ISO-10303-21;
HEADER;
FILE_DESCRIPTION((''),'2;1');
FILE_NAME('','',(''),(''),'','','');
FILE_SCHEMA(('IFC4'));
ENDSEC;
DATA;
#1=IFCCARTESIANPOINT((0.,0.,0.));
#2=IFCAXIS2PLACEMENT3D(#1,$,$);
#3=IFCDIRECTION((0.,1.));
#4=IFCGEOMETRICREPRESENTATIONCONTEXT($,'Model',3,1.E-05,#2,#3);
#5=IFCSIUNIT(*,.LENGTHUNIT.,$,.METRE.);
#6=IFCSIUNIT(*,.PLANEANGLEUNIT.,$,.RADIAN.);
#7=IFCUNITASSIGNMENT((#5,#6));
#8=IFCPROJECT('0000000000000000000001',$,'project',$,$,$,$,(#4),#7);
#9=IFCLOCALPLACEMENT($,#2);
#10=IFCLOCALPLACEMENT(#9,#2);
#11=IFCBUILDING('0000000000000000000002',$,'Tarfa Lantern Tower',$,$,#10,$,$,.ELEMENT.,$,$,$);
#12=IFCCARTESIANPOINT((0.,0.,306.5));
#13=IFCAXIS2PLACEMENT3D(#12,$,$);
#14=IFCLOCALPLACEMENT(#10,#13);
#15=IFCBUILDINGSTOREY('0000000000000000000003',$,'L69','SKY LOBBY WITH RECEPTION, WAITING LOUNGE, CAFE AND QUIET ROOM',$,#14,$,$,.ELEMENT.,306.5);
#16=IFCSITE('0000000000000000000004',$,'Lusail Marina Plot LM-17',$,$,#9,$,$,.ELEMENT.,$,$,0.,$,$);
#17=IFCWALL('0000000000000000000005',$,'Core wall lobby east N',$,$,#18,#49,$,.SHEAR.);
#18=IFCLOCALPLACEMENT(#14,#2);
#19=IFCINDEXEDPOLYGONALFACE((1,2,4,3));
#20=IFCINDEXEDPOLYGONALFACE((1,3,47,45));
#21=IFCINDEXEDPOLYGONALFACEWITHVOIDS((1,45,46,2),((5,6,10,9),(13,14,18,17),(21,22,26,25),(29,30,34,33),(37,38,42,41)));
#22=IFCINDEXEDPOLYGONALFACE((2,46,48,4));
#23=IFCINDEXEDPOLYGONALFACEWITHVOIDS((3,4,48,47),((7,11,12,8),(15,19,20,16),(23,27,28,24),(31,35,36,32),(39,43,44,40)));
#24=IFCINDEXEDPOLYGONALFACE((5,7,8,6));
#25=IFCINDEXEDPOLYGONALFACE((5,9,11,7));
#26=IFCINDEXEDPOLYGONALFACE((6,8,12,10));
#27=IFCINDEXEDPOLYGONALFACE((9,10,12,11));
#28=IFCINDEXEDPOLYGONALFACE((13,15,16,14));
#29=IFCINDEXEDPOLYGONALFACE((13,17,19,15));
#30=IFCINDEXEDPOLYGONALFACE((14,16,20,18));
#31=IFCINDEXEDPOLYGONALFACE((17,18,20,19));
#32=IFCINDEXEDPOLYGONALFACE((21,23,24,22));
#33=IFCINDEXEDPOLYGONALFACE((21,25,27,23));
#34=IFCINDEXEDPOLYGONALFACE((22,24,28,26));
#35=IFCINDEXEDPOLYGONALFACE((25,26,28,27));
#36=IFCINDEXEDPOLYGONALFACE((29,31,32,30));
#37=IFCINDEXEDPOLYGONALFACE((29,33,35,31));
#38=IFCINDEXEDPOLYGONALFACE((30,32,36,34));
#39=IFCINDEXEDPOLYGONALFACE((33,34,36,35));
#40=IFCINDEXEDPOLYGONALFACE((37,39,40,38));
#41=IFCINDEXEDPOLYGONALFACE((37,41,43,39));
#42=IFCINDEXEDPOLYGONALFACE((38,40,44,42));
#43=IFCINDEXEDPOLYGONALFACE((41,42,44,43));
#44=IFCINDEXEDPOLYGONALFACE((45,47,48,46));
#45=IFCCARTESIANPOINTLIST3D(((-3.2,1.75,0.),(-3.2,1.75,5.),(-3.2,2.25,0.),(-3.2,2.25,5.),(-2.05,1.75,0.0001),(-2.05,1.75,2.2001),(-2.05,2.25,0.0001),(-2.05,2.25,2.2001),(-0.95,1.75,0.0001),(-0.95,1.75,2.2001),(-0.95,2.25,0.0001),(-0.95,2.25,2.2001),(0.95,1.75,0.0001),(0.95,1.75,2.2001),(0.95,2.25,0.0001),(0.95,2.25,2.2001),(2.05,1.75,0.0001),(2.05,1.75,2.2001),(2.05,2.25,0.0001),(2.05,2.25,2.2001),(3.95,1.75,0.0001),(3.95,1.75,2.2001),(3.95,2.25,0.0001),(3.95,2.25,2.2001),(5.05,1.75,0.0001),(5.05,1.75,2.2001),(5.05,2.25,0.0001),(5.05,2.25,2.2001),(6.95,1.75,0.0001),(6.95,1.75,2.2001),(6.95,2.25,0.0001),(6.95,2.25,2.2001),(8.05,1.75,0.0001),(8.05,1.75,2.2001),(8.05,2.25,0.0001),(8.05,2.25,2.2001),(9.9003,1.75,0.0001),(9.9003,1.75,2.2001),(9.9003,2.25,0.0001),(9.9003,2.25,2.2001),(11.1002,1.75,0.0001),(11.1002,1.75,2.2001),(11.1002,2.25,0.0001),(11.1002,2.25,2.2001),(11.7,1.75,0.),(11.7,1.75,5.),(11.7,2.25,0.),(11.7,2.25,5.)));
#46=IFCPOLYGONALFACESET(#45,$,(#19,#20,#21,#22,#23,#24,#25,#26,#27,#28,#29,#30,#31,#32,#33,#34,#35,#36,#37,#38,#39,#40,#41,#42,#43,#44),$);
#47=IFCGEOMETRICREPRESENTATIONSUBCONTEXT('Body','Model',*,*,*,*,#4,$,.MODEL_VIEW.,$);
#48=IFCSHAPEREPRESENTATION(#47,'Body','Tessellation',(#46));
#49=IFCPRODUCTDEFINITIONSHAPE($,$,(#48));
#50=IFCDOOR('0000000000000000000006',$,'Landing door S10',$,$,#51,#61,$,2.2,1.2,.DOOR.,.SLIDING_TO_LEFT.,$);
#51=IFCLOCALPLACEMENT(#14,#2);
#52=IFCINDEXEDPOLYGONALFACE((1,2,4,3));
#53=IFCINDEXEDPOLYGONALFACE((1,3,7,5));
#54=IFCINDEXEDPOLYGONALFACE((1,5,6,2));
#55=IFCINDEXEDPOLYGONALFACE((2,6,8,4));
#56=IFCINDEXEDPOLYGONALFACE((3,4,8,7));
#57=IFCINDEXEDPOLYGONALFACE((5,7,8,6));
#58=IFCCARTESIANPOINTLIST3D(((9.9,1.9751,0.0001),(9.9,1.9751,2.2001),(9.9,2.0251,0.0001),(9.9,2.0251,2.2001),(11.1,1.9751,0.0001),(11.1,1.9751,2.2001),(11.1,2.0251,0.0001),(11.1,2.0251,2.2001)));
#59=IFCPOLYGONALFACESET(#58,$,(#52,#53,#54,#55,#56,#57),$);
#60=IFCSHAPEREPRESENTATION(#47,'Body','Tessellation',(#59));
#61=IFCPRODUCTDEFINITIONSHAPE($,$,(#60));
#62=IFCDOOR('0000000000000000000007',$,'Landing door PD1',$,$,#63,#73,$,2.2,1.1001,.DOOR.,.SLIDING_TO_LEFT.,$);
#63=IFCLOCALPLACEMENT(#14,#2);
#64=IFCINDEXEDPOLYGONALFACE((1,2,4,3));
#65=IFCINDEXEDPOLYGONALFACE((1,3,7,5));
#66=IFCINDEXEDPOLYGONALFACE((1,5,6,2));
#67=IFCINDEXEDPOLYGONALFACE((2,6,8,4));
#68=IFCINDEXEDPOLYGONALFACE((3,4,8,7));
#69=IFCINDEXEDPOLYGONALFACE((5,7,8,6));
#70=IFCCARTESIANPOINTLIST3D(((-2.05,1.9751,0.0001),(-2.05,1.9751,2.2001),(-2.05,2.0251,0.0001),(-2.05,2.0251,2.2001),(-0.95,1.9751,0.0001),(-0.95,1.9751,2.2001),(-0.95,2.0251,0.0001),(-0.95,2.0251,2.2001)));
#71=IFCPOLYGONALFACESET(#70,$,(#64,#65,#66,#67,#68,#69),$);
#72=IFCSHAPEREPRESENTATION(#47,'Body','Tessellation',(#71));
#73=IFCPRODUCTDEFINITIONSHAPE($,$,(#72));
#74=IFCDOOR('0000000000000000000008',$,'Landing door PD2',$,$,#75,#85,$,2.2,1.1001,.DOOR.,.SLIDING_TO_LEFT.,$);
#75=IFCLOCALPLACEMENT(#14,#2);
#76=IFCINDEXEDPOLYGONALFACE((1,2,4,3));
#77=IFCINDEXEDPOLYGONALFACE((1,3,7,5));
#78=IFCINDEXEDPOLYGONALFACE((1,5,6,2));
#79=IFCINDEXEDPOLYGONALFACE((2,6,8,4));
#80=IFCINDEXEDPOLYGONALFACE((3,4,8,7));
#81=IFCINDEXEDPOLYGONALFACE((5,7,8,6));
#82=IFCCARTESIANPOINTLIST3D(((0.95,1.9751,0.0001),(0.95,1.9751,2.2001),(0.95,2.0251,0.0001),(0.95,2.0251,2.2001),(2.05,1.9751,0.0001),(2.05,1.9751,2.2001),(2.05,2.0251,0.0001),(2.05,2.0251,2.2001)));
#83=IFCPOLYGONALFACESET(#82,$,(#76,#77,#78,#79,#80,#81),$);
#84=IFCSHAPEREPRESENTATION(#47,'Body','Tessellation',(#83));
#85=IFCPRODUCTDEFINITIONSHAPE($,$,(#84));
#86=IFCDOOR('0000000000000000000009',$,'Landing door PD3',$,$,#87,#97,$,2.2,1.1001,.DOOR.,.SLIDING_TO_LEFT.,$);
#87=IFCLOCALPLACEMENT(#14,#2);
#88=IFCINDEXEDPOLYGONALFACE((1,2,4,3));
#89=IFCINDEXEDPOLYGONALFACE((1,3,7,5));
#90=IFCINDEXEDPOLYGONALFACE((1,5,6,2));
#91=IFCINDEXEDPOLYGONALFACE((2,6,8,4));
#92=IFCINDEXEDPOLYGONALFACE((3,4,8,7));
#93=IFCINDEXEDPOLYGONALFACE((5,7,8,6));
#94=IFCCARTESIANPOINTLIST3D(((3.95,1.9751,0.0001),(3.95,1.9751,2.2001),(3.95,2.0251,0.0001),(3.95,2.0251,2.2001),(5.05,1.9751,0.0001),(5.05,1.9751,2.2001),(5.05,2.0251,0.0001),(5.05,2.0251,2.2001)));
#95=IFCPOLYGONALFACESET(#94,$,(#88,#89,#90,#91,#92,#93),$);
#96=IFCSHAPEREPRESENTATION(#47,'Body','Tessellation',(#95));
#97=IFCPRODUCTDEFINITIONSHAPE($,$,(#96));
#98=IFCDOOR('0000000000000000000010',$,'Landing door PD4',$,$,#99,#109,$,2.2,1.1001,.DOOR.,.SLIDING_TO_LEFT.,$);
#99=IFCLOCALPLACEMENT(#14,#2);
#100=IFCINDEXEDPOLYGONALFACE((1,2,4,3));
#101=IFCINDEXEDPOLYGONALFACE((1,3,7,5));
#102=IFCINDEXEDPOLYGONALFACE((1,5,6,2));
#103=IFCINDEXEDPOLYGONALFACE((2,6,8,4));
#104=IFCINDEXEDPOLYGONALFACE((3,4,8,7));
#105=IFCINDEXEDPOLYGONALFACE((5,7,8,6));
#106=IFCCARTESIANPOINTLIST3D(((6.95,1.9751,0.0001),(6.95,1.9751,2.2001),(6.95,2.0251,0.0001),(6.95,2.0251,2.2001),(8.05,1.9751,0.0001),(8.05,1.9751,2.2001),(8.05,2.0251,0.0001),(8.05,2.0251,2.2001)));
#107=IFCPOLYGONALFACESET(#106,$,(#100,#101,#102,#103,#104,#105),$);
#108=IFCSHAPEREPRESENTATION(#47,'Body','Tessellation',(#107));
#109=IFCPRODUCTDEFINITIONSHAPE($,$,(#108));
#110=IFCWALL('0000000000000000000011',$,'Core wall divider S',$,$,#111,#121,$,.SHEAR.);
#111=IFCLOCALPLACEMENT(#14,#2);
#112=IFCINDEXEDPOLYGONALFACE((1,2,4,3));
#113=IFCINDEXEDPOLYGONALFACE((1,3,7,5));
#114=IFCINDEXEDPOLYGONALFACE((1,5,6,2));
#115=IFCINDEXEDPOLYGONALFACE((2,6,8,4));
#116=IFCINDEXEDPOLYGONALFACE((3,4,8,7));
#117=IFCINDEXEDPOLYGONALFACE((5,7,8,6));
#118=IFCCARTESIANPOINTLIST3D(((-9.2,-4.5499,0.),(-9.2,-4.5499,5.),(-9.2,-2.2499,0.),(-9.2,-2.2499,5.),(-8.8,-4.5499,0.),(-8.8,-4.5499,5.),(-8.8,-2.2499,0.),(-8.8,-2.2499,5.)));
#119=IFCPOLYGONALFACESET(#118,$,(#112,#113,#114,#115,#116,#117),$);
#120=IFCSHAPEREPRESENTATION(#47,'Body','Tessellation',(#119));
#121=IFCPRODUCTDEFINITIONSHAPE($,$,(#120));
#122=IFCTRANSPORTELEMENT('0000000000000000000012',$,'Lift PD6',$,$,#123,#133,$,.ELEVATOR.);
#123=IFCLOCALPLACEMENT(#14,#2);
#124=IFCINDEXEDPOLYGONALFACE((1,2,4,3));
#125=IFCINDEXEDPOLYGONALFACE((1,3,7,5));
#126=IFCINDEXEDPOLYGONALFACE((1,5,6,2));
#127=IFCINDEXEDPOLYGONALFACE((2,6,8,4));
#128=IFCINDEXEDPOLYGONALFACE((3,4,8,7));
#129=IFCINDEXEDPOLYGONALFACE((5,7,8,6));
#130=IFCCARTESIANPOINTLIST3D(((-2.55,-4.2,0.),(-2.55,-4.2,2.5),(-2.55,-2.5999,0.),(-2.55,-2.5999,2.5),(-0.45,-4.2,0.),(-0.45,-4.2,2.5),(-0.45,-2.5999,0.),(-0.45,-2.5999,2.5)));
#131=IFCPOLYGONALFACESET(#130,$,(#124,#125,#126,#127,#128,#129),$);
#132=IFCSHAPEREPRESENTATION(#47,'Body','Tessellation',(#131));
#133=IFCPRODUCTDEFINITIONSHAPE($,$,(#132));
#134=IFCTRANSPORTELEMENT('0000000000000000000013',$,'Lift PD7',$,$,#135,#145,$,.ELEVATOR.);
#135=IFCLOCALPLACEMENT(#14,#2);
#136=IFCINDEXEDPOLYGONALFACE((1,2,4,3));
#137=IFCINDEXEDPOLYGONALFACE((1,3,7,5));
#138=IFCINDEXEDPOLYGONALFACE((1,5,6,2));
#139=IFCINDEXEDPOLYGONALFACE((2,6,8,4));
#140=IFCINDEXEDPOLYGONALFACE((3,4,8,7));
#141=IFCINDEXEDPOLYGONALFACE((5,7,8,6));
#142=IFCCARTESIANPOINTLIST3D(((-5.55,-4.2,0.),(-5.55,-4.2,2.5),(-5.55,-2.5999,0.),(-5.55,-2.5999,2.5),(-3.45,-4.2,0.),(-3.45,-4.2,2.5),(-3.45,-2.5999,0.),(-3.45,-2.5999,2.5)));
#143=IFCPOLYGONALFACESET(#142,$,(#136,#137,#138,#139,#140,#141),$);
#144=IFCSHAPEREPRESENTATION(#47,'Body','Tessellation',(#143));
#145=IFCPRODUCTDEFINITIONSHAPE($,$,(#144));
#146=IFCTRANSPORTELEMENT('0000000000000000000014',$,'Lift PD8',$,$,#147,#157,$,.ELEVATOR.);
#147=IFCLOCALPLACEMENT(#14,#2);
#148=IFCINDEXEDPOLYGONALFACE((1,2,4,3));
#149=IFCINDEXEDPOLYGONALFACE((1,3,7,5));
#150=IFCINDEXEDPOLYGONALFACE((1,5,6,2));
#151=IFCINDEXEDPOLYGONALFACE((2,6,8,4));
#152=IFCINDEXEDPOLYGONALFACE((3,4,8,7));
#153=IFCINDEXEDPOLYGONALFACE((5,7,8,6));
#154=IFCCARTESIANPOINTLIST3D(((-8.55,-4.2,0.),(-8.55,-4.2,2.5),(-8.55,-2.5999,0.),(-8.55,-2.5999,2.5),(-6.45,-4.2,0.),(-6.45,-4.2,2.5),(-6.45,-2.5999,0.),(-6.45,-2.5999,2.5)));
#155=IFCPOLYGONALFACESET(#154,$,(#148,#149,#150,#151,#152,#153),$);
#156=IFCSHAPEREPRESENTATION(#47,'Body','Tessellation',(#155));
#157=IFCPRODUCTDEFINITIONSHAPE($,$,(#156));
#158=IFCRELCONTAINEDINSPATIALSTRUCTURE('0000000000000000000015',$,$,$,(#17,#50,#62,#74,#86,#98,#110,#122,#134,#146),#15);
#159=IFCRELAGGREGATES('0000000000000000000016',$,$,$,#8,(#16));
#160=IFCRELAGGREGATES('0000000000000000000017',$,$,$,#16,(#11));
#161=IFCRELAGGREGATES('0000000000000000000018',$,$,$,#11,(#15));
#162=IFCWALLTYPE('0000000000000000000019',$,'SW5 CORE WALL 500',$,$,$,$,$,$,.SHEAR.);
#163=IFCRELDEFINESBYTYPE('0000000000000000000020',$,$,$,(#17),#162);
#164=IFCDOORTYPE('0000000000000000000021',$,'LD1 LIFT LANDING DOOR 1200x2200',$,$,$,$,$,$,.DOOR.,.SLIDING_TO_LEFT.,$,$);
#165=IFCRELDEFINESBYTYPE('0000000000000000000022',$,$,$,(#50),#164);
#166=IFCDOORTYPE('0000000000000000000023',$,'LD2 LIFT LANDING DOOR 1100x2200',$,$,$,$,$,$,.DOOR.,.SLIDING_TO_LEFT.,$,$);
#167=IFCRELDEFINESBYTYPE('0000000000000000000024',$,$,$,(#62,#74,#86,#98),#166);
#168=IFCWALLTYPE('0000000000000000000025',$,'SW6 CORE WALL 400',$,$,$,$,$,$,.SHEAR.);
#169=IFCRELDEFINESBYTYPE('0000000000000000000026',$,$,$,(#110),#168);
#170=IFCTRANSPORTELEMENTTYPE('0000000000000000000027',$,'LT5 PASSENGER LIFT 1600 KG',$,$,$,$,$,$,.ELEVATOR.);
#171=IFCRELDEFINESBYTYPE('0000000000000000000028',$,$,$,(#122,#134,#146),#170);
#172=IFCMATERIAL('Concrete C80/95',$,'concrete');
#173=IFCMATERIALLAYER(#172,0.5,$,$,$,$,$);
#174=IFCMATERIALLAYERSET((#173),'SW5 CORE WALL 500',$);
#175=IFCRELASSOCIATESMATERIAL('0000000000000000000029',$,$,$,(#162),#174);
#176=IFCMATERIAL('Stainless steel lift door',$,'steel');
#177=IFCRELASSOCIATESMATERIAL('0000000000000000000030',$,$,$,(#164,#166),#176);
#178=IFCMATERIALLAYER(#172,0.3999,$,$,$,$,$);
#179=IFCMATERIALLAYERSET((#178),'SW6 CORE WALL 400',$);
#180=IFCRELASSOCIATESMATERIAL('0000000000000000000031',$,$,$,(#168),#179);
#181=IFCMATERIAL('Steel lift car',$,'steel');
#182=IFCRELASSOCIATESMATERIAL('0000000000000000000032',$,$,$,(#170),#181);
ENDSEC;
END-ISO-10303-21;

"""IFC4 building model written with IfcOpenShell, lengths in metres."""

from ifc_helpers import new_model, si_unit, direction, frame, frame_2d, origin, origin_2d, place, context, subcontext, project, spatial, rectangle, extrude, material, layer, layer_set, type_object, element, fill, save


model = new_model("IFC4")

# Units and contexts
model_context = context("Model", 3, precision=1e-05, world=origin(), true_north=direction((0.0, 1.0)))
body_context = subcontext(model_context, "Body", "Model", "MODEL_VIEW")
ifc_project = project(units=[si_unit("LENGTHUNIT", "METRE"), si_unit("PLANEANGLEUNIT", "RADIAN")], contexts=[model_context])

# Site, building, storey
site_placement = place(None, origin())
site = spatial("IfcSite", under=ifc_project, at=site_placement, Name="Lusail Marina Plot LM-17", CompositionType="ELEMENT", RefElevation=0.0)
building_placement = place(site_placement, origin())
building = spatial("IfcBuilding", under=site, at=building_placement, Name="Tarfa Lantern Tower", CompositionType="ELEMENT")
storey_placement = place(building_placement, frame((0.0, 0.0, 306.5)))
storey = spatial("IfcBuildingStorey", under=building, at=storey_placement, Name="L69", Description="SKY LOBBY WITH RECEPTION, WAITING LOUNGE, CAFE AND QUIET ROOM", CompositionType="ELEMENT", Elevation=306.5)

# Shared definitions
ifc_material_1 = material(Name="Concrete C80/95", Category="concrete")
ifc_layer_1 = layer(ifc_material_1, 0.5)
ifc_layer_set_1 = layer_set([ifc_layer_1], Name="SW5 CORE WALL 500")
wall_type_1 = type_object("IfcWallType", Name="SW5 CORE WALL 500", PredefinedType="SHEAR", material=ifc_layer_set_1)
ifc_material_2 = material(Name="Stainless steel lift door", Category="steel")
door_type_1 = type_object("IfcDoorType", Name="LD1 LIFT LANDING DOOR 1200x2200", OperationType="SLIDING_TO_LEFT", PredefinedType="DOOR", material=ifc_material_2)

# Wall, openings, doors
wall_1_placement = place(storey_placement, frame((-3.2, 2.0, 0.0), z_axis=(0.0, 0.0, 1.0), x_axis=(1.0, 0.0, 0.0)))
wall_1 = element("IfcWall", 1, at=wall_1_placement, inside=storey, type_object=wall_type_1, Name="Core wall lobby east N", PredefinedType="SHEAR", context=body_context, shape_type="SweptSolid", body=[
    extrude(rectangle(XDim=14.8999, YDim=0.5, at=frame_2d((7.45, 0.0))), origin(), (0.0, 0.0, 1.0), 5.0),
])
opening_1_placement = place(wall_1_placement, frame((1.1499, 0.0, 0.0)))
opening_1 = element("IfcOpeningElement", 2, at=opening_1_placement, cuts=wall_1, PredefinedType="OPENING", context=body_context, shape_type="SweptSolid", body=[
    extrude(rectangle(XDim=1.1001, YDim=2.2, at=frame_2d((0.55, 1.1001))), frame((0.0, 0.26, 0.0), z_axis=(0.0, -1.0, 0.0), x_axis=(1.0, 0.0, 0.0)), (0.0, 0.0, 1.0), 0.52),
])
opening_2_placement = place(wall_1_placement, frame((4.1499, 0.0, 0.0)))
opening_2 = element("IfcOpeningElement", 3, at=opening_2_placement, cuts=wall_1, PredefinedType="OPENING", context=body_context, shape_type="SweptSolid", body=[
    extrude(rectangle(XDim=1.1001, YDim=2.2, at=frame_2d((0.55, 1.1001))), frame((0.0, 0.26, 0.0), z_axis=(0.0, -1.0, 0.0), x_axis=(1.0, 0.0, 0.0)), (0.0, 0.0, 1.0), 0.52),
])
opening_3_placement = place(wall_1_placement, frame((7.1499, 0.0, 0.0)))
opening_3 = element("IfcOpeningElement", 4, at=opening_3_placement, cuts=wall_1, PredefinedType="OPENING", context=body_context, shape_type="SweptSolid", body=[
    extrude(rectangle(XDim=1.1001, YDim=2.2, at=frame_2d((0.55, 1.1001))), frame((0.0, 0.26, 0.0), z_axis=(0.0, -1.0, 0.0), x_axis=(1.0, 0.0, 0.0)), (0.0, 0.0, 1.0), 0.52),
])
opening_4_placement = place(wall_1_placement, frame((10.1499, 0.0, 0.0)))
opening_4 = element("IfcOpeningElement", 5, at=opening_4_placement, cuts=wall_1, PredefinedType="OPENING", context=body_context, shape_type="SweptSolid", body=[
    extrude(rectangle(XDim=1.1001, YDim=2.2, at=frame_2d((0.55, 1.1001))), frame((0.0, 0.26, 0.0), z_axis=(0.0, -1.0, 0.0), x_axis=(1.0, 0.0, 0.0)), (0.0, 0.0, 1.0), 0.52),
])
opening_5_placement = place(wall_1_placement, frame((13.1001, 0.0, 0.0)))
opening_5 = element("IfcOpeningElement", 6, at=opening_5_placement, cuts=wall_1, PredefinedType="OPENING", context=body_context, shape_type="SweptSolid", body=[
    extrude(rectangle(XDim=1.2, YDim=2.2, at=frame_2d((0.6001, 1.1001))), frame((0.0, 0.26, 0.0), z_axis=(0.0, -1.0, 0.0), x_axis=(1.0, 0.0, 0.0)), (0.0, 0.0, 1.0), 0.52),
])
door_1_placement = place(opening_5_placement, frame((1.2, 0.0, 0.0), z_axis=(0.0, 0.0, 1.0), x_axis=(-1.0, 0.0, 0.0)))
door_1 = element("IfcDoor", 7, at=door_1_placement, inside=storey, type_object=door_type_1, Name="Landing door S10", OperationType="SLIDING_TO_LEFT", OverallHeight=2.2, OverallWidth=1.2, PredefinedType="DOOR", context=body_context, shape_type="SweptSolid", body=[
    extrude(rectangle(XDim=1.2, YDim=2.2, at=frame_2d((0.6001, 1.1001))), frame((0.0, 0.0249, 0.0), z_axis=(0.0, -1.0, 0.0), x_axis=(1.0, 0.0, 0.0)), (0.0, 0.0, 1.0), 0.05),
])
fill(opening_5, door_1)
door_type_2 = type_object("IfcDoorType", Name="LD2 LIFT LANDING DOOR 1100x2200", OperationType="SLIDING_TO_LEFT", PredefinedType="DOOR", material=ifc_material_2)
door_2_placement = place(opening_1_placement, frame((1.1001, 0.0, 0.0), z_axis=(0.0, 0.0, 1.0), x_axis=(-1.0, 0.0, 0.0)))
door_2 = element("IfcDoor", 8, at=door_2_placement, inside=storey, type_object=door_type_2, Name="Landing door PD1", OperationType="SLIDING_TO_LEFT", OverallHeight=2.2, OverallWidth=1.1001, PredefinedType="DOOR", context=body_context, shape_type="SweptSolid", body=[
    extrude(rectangle(XDim=1.1001, YDim=2.2, at=frame_2d((0.55, 1.1001))), frame((0.0, 0.0249, 0.0), z_axis=(0.0, -1.0, 0.0), x_axis=(1.0, 0.0, 0.0)), (0.0, 0.0, 1.0), 0.05),
])
fill(opening_1, door_2)
door_3_placement = place(opening_2_placement, frame((1.1001, 0.0, 0.0), z_axis=(0.0, 0.0, 1.0), x_axis=(-1.0, 0.0, 0.0)))
door_3 = element("IfcDoor", 9, at=door_3_placement, inside=storey, type_object=door_type_2, Name="Landing door PD2", OperationType="SLIDING_TO_LEFT", OverallHeight=2.2, OverallWidth=1.1001, PredefinedType="DOOR", context=body_context, shape_type="SweptSolid", body=[
    extrude(rectangle(XDim=1.1001, YDim=2.2, at=frame_2d((0.55, 1.1001))), frame((0.0, 0.0249, 0.0), z_axis=(0.0, -1.0, 0.0), x_axis=(1.0, 0.0, 0.0)), (0.0, 0.0, 1.0), 0.05),
])
fill(opening_2, door_3)
door_4_placement = place(opening_3_placement, frame((1.1001, 0.0, 0.0), z_axis=(0.0, 0.0, 1.0), x_axis=(-1.0, 0.0, 0.0)))
door_4 = element("IfcDoor", 10, at=door_4_placement, inside=storey, type_object=door_type_2, Name="Landing door PD3", OperationType="SLIDING_TO_LEFT", OverallHeight=2.2, OverallWidth=1.1001, PredefinedType="DOOR", context=body_context, shape_type="SweptSolid", body=[
    extrude(rectangle(XDim=1.1001, YDim=2.2, at=frame_2d((0.55, 1.1001))), frame((0.0, 0.0249, 0.0), z_axis=(0.0, -1.0, 0.0), x_axis=(1.0, 0.0, 0.0)), (0.0, 0.0, 1.0), 0.05),
])
fill(opening_3, door_4)
door_5_placement = place(opening_4_placement, frame((1.1001, 0.0, 0.0), z_axis=(0.0, 0.0, 1.0), x_axis=(-1.0, 0.0, 0.0)))
door_5 = element("IfcDoor", 11, at=door_5_placement, inside=storey, type_object=door_type_2, Name="Landing door PD4", OperationType="SLIDING_TO_LEFT", OverallHeight=2.2, OverallWidth=1.1001, PredefinedType="DOOR", context=body_context, shape_type="SweptSolid", body=[
    extrude(rectangle(XDim=1.1001, YDim=2.2, at=frame_2d((0.55, 1.1001))), frame((0.0, 0.0249, 0.0), z_axis=(0.0, -1.0, 0.0), x_axis=(1.0, 0.0, 0.0)), (0.0, 0.0, 1.0), 0.05),
])
fill(opening_4, door_5)

# Wall
ifc_layer_2 = layer(ifc_material_1, 0.3999)
ifc_layer_set_2 = layer_set([ifc_layer_2], Name="SW6 CORE WALL 400")
wall_type_2 = type_object("IfcWallType", Name="SW6 CORE WALL 400", PredefinedType="SHEAR", material=ifc_layer_set_2)
wall_2_placement = place(storey_placement, frame((-9.0, -2.25, 0.0), z_axis=(0.0, 0.0, 1.0), x_axis=(0.0, -1.0, 0.0)))
element("IfcWall", 12, at=wall_2_placement, inside=storey, type_object=wall_type_2, Name="Core wall divider S", PredefinedType="SHEAR", context=body_context, shape_type="SweptSolid", body=[
    extrude(rectangle(XDim=2.3, YDim=0.3999, at=frame_2d((1.1499, 0.0))), origin(), (0.0, 0.0, 1.0), 5.0),
])

# Transport elements
ifc_material_3 = material(Name="Steel lift car", Category="steel")
transport_element_type = type_object("IfcTransportElementType", Name="LT5 PASSENGER LIFT 1600 KG", PredefinedType="ELEVATOR", material=ifc_material_3)
for number, where, z_axis, x_axis, name in (
    (13, (-1.5, -3.3999, 0.0), (0.0, 0.0, 1.0), (1.0, 0.0, 0.0), "Lift PD6"),
    (14, (-4.5, -3.3999, 0.0), (0.0, 0.0, 1.0), (1.0, 0.0, 0.0), "Lift PD7"),
    (15, (-7.5, -3.3999, 0.0), (0.0, 0.0, 1.0), (1.0, 0.0, 0.0), "Lift PD8"),
):
    element("IfcTransportElement", number, at=place(storey_placement, frame(where, z_axis=z_axis, x_axis=x_axis)), inside=storey, type_object=transport_element_type, Name=name, PredefinedType="ELEVATOR", context=body_context, shape_type="SweptSolid", body=[
        extrude(rectangle(XDim=2.1001, YDim=1.6001, at=origin_2d()), origin(), (0.0, 0.0, 1.0), 2.5),
    ])

save(model, "model.ifc")
